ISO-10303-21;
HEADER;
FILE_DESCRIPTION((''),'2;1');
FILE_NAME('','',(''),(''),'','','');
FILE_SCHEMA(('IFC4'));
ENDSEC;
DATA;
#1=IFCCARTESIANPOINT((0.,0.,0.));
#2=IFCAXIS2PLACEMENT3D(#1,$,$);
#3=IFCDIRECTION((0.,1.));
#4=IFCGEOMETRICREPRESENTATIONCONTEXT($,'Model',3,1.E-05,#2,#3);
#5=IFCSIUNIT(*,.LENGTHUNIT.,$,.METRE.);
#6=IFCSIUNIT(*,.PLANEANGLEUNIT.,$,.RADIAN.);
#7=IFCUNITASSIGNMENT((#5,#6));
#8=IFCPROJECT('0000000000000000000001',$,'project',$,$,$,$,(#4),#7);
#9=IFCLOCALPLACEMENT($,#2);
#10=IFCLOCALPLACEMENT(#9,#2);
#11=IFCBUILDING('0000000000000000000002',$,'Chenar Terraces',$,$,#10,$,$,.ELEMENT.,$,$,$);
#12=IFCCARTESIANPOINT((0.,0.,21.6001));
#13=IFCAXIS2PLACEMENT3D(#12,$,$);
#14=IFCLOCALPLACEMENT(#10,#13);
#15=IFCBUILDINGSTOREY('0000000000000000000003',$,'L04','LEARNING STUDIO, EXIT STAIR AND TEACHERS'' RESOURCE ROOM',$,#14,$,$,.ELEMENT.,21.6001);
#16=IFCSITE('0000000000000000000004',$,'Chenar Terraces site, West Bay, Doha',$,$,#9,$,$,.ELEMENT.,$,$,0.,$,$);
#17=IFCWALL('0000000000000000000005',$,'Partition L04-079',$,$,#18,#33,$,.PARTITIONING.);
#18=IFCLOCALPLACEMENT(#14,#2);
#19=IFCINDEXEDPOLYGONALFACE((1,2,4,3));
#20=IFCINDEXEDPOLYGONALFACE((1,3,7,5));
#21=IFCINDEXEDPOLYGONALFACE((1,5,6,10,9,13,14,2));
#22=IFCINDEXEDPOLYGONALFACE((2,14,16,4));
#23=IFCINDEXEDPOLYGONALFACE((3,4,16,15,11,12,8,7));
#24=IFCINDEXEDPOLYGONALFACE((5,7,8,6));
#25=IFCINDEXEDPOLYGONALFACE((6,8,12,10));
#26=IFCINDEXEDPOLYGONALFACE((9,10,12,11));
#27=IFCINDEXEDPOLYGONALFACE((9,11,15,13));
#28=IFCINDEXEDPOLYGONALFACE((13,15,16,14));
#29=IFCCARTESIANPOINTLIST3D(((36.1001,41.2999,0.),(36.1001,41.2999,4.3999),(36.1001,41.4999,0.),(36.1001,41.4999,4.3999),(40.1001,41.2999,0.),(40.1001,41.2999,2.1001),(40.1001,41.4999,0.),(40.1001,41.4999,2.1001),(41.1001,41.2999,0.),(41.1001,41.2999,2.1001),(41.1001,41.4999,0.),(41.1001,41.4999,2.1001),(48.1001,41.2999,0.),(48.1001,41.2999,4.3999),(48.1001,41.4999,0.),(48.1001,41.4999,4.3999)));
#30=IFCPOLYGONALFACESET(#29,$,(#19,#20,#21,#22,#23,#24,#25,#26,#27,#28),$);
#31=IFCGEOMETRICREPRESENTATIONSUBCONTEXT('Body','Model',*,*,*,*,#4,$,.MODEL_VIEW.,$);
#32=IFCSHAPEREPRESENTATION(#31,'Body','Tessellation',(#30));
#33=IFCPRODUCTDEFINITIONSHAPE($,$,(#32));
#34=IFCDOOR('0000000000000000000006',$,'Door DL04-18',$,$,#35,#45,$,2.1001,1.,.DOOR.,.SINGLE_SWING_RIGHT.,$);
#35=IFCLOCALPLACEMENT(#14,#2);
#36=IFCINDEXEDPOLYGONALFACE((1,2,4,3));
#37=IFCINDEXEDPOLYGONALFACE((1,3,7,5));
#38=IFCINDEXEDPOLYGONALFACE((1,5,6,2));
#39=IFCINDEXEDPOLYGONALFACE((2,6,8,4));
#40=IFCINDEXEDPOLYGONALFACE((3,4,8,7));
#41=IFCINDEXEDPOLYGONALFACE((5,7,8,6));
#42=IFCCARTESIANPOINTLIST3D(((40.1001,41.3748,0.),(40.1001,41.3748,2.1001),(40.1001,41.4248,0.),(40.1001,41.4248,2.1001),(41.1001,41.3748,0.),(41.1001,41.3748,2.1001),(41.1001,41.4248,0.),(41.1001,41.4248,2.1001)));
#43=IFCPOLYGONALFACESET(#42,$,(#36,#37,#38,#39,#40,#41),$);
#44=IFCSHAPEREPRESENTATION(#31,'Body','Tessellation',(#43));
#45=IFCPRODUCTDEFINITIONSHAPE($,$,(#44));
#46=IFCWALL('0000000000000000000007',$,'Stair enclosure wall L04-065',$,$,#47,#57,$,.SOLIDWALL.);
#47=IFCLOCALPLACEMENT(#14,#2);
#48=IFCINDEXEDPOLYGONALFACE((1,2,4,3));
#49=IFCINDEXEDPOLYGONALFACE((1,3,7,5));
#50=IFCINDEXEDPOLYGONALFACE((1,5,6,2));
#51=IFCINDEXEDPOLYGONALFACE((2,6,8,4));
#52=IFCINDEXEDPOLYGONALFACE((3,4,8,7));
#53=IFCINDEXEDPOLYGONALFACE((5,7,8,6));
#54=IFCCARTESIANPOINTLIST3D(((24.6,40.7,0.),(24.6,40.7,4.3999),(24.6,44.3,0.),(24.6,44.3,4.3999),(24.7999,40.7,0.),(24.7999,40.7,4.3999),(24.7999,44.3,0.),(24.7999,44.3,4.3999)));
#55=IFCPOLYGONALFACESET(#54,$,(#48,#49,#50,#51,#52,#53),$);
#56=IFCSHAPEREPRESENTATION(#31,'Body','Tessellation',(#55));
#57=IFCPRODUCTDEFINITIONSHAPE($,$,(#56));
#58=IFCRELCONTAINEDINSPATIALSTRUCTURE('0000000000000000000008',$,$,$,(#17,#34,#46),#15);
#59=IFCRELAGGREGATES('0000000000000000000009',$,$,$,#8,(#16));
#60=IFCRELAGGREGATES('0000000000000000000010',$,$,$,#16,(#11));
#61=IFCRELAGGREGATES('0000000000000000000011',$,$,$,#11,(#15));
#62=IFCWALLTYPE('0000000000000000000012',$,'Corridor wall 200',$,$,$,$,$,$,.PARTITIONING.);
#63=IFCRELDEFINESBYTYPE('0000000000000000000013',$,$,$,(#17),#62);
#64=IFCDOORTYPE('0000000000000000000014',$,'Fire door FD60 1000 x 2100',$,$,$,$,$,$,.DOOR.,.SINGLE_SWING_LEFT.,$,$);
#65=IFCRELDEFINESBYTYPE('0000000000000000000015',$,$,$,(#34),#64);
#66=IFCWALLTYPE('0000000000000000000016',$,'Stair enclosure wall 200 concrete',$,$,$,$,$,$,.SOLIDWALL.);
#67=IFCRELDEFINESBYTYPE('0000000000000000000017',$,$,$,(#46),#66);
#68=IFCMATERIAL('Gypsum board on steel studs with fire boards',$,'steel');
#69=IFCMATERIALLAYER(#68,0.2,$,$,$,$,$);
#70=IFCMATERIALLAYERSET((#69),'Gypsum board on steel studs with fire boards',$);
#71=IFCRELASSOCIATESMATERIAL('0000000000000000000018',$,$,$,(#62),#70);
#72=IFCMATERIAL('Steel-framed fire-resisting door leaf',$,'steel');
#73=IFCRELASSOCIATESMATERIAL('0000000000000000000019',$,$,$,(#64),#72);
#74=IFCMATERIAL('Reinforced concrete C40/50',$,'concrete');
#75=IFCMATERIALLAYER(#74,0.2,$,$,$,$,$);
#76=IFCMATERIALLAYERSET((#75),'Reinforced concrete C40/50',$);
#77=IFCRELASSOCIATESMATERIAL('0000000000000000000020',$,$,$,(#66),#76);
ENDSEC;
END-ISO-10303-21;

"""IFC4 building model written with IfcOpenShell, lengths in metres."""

from ifc_helpers import new_model, si_unit, direction, frame, frame_2d, origin, place, context, subcontext, project, spatial, rectangle, extrude, material, layer, layer_set, type_object, element, fill, save


model = new_model("IFC4")

# Units and contexts
model_context = context("Model", 3, precision=1e-05, world=origin(), true_north=direction((0.0, 1.0)))
body_context = subcontext(model_context, "Body", "Model", "MODEL_VIEW")
ifc_project = project(units=[si_unit("LENGTHUNIT", "METRE"), si_unit("PLANEANGLEUNIT", "RADIAN")], contexts=[model_context])

# Site, building, storey
site_placement = place(None, origin())
site = spatial("IfcSite", under=ifc_project, at=site_placement, Name="Chenar Terraces site, West Bay, Doha", CompositionType="ELEMENT", RefElevation=0.0)
building_placement = place(site_placement, origin())
building = spatial("IfcBuilding", under=site, at=building_placement, Name="Chenar Terraces", CompositionType="ELEMENT")
storey_placement = place(building_placement, frame((0.0, 0.0, 21.6001)))
storey = spatial("IfcBuildingStorey", under=building, at=storey_placement, Name="L04", Description="LEARNING STUDIO, EXIT STAIR AND TEACHERS' RESOURCE ROOM", CompositionType="ELEMENT", Elevation=21.6001)

# Shared definitions
ifc_material_1 = material(Name="Gypsum board on steel studs with fire boards", Category="steel")
ifc_layer_1 = layer(ifc_material_1, 0.2)
ifc_layer_set_1 = layer_set([ifc_layer_1], Name="Gypsum board on steel studs with fire boards")
wall_type_1 = type_object("IfcWallType", Name="Corridor wall 200", PredefinedType="PARTITIONING", material=ifc_layer_set_1)
ifc_material_2 = material(Name="Steel-framed fire-resisting door leaf", Category="steel")
door_type_1 = type_object("IfcDoorType", Name="Fire door FD60 1000 x 2100", OperationType="SINGLE_SWING_LEFT", PredefinedType="DOOR", material=ifc_material_2)

# Wall, opening, door
wall_1_placement = place(storey_placement, frame((36.1001, 41.3999, 0.0), z_axis=(0.0, 0.0, 1.0), x_axis=(1.0, 0.0, 0.0)))
wall_1 = element("IfcWall", 1, at=wall_1_placement, inside=storey, type_object=wall_type_1, Name="Partition L04-079", PredefinedType="PARTITIONING", context=body_context, shape_type="SweptSolid", body=[
    extrude(rectangle(XDim=12.0, YDim=0.2, at=frame_2d((6.0, 0.0))), origin(), (0.0, 0.0, 1.0), 4.3999),
])
opening_1_placement = place(wall_1_placement, frame((4.0, 0.0, 0.0)))
opening_1 = element("IfcOpeningElement", 2, at=opening_1_placement, cuts=wall_1, PredefinedType="OPENING", context=body_context, shape_type="SweptSolid", body=[
    extrude(rectangle(XDim=1.0, YDim=2.1001, at=frame_2d((0.5, 1.05))), frame((0.0, 0.1099, 0.0), z_axis=(0.0, -1.0, 0.0), x_axis=(1.0, 0.0, 0.0)), (0.0, 0.0, 1.0), 0.22),
])
door_1_placement = place(opening_1_placement, origin())
door_1 = element("IfcDoor", 3, at=door_1_placement, inside=storey, type_object=door_type_1, Name="Door DL04-18", OperationType="SINGLE_SWING_RIGHT", OverallHeight=2.1001, OverallWidth=1.0, PredefinedType="DOOR", context=body_context, shape_type="SweptSolid", body=[
    extrude(rectangle(XDim=1.0, YDim=2.1001, at=frame_2d((0.5, 1.05))), frame((0.0, 0.0249, 0.0), z_axis=(0.0, -1.0, 0.0), x_axis=(1.0, 0.0, 0.0)), (0.0, 0.0, 1.0), 0.05),
])
fill(opening_1, door_1)

# Wall
ifc_material_3 = material(Name="Reinforced concrete C40/50", Category="concrete")
ifc_layer_2 = layer(ifc_material_3, 0.2)
ifc_layer_set_2 = layer_set([ifc_layer_2], Name="Reinforced concrete C40/50")
wall_type_2 = type_object("IfcWallType", Name="Stair enclosure wall 200 concrete", PredefinedType="SOLIDWALL", material=ifc_layer_set_2)
wall_2_placement = place(storey_placement, frame((24.7, 40.7, 0.0), z_axis=(0.0, 0.0, 1.0), x_axis=(0.0, 1.0, 0.0)))
element("IfcWall", 4, at=wall_2_placement, inside=storey, type_object=wall_type_2, Name="Stair enclosure wall L04-065", PredefinedType="SOLIDWALL", context=body_context, shape_type="SweptSolid", body=[
    extrude(rectangle(XDim=3.6001, YDim=0.2, at=frame_2d((1.8, 0.0))), origin(), (0.0, 0.0, 1.0), 4.3999),
])

save(model, "model.ifc")
